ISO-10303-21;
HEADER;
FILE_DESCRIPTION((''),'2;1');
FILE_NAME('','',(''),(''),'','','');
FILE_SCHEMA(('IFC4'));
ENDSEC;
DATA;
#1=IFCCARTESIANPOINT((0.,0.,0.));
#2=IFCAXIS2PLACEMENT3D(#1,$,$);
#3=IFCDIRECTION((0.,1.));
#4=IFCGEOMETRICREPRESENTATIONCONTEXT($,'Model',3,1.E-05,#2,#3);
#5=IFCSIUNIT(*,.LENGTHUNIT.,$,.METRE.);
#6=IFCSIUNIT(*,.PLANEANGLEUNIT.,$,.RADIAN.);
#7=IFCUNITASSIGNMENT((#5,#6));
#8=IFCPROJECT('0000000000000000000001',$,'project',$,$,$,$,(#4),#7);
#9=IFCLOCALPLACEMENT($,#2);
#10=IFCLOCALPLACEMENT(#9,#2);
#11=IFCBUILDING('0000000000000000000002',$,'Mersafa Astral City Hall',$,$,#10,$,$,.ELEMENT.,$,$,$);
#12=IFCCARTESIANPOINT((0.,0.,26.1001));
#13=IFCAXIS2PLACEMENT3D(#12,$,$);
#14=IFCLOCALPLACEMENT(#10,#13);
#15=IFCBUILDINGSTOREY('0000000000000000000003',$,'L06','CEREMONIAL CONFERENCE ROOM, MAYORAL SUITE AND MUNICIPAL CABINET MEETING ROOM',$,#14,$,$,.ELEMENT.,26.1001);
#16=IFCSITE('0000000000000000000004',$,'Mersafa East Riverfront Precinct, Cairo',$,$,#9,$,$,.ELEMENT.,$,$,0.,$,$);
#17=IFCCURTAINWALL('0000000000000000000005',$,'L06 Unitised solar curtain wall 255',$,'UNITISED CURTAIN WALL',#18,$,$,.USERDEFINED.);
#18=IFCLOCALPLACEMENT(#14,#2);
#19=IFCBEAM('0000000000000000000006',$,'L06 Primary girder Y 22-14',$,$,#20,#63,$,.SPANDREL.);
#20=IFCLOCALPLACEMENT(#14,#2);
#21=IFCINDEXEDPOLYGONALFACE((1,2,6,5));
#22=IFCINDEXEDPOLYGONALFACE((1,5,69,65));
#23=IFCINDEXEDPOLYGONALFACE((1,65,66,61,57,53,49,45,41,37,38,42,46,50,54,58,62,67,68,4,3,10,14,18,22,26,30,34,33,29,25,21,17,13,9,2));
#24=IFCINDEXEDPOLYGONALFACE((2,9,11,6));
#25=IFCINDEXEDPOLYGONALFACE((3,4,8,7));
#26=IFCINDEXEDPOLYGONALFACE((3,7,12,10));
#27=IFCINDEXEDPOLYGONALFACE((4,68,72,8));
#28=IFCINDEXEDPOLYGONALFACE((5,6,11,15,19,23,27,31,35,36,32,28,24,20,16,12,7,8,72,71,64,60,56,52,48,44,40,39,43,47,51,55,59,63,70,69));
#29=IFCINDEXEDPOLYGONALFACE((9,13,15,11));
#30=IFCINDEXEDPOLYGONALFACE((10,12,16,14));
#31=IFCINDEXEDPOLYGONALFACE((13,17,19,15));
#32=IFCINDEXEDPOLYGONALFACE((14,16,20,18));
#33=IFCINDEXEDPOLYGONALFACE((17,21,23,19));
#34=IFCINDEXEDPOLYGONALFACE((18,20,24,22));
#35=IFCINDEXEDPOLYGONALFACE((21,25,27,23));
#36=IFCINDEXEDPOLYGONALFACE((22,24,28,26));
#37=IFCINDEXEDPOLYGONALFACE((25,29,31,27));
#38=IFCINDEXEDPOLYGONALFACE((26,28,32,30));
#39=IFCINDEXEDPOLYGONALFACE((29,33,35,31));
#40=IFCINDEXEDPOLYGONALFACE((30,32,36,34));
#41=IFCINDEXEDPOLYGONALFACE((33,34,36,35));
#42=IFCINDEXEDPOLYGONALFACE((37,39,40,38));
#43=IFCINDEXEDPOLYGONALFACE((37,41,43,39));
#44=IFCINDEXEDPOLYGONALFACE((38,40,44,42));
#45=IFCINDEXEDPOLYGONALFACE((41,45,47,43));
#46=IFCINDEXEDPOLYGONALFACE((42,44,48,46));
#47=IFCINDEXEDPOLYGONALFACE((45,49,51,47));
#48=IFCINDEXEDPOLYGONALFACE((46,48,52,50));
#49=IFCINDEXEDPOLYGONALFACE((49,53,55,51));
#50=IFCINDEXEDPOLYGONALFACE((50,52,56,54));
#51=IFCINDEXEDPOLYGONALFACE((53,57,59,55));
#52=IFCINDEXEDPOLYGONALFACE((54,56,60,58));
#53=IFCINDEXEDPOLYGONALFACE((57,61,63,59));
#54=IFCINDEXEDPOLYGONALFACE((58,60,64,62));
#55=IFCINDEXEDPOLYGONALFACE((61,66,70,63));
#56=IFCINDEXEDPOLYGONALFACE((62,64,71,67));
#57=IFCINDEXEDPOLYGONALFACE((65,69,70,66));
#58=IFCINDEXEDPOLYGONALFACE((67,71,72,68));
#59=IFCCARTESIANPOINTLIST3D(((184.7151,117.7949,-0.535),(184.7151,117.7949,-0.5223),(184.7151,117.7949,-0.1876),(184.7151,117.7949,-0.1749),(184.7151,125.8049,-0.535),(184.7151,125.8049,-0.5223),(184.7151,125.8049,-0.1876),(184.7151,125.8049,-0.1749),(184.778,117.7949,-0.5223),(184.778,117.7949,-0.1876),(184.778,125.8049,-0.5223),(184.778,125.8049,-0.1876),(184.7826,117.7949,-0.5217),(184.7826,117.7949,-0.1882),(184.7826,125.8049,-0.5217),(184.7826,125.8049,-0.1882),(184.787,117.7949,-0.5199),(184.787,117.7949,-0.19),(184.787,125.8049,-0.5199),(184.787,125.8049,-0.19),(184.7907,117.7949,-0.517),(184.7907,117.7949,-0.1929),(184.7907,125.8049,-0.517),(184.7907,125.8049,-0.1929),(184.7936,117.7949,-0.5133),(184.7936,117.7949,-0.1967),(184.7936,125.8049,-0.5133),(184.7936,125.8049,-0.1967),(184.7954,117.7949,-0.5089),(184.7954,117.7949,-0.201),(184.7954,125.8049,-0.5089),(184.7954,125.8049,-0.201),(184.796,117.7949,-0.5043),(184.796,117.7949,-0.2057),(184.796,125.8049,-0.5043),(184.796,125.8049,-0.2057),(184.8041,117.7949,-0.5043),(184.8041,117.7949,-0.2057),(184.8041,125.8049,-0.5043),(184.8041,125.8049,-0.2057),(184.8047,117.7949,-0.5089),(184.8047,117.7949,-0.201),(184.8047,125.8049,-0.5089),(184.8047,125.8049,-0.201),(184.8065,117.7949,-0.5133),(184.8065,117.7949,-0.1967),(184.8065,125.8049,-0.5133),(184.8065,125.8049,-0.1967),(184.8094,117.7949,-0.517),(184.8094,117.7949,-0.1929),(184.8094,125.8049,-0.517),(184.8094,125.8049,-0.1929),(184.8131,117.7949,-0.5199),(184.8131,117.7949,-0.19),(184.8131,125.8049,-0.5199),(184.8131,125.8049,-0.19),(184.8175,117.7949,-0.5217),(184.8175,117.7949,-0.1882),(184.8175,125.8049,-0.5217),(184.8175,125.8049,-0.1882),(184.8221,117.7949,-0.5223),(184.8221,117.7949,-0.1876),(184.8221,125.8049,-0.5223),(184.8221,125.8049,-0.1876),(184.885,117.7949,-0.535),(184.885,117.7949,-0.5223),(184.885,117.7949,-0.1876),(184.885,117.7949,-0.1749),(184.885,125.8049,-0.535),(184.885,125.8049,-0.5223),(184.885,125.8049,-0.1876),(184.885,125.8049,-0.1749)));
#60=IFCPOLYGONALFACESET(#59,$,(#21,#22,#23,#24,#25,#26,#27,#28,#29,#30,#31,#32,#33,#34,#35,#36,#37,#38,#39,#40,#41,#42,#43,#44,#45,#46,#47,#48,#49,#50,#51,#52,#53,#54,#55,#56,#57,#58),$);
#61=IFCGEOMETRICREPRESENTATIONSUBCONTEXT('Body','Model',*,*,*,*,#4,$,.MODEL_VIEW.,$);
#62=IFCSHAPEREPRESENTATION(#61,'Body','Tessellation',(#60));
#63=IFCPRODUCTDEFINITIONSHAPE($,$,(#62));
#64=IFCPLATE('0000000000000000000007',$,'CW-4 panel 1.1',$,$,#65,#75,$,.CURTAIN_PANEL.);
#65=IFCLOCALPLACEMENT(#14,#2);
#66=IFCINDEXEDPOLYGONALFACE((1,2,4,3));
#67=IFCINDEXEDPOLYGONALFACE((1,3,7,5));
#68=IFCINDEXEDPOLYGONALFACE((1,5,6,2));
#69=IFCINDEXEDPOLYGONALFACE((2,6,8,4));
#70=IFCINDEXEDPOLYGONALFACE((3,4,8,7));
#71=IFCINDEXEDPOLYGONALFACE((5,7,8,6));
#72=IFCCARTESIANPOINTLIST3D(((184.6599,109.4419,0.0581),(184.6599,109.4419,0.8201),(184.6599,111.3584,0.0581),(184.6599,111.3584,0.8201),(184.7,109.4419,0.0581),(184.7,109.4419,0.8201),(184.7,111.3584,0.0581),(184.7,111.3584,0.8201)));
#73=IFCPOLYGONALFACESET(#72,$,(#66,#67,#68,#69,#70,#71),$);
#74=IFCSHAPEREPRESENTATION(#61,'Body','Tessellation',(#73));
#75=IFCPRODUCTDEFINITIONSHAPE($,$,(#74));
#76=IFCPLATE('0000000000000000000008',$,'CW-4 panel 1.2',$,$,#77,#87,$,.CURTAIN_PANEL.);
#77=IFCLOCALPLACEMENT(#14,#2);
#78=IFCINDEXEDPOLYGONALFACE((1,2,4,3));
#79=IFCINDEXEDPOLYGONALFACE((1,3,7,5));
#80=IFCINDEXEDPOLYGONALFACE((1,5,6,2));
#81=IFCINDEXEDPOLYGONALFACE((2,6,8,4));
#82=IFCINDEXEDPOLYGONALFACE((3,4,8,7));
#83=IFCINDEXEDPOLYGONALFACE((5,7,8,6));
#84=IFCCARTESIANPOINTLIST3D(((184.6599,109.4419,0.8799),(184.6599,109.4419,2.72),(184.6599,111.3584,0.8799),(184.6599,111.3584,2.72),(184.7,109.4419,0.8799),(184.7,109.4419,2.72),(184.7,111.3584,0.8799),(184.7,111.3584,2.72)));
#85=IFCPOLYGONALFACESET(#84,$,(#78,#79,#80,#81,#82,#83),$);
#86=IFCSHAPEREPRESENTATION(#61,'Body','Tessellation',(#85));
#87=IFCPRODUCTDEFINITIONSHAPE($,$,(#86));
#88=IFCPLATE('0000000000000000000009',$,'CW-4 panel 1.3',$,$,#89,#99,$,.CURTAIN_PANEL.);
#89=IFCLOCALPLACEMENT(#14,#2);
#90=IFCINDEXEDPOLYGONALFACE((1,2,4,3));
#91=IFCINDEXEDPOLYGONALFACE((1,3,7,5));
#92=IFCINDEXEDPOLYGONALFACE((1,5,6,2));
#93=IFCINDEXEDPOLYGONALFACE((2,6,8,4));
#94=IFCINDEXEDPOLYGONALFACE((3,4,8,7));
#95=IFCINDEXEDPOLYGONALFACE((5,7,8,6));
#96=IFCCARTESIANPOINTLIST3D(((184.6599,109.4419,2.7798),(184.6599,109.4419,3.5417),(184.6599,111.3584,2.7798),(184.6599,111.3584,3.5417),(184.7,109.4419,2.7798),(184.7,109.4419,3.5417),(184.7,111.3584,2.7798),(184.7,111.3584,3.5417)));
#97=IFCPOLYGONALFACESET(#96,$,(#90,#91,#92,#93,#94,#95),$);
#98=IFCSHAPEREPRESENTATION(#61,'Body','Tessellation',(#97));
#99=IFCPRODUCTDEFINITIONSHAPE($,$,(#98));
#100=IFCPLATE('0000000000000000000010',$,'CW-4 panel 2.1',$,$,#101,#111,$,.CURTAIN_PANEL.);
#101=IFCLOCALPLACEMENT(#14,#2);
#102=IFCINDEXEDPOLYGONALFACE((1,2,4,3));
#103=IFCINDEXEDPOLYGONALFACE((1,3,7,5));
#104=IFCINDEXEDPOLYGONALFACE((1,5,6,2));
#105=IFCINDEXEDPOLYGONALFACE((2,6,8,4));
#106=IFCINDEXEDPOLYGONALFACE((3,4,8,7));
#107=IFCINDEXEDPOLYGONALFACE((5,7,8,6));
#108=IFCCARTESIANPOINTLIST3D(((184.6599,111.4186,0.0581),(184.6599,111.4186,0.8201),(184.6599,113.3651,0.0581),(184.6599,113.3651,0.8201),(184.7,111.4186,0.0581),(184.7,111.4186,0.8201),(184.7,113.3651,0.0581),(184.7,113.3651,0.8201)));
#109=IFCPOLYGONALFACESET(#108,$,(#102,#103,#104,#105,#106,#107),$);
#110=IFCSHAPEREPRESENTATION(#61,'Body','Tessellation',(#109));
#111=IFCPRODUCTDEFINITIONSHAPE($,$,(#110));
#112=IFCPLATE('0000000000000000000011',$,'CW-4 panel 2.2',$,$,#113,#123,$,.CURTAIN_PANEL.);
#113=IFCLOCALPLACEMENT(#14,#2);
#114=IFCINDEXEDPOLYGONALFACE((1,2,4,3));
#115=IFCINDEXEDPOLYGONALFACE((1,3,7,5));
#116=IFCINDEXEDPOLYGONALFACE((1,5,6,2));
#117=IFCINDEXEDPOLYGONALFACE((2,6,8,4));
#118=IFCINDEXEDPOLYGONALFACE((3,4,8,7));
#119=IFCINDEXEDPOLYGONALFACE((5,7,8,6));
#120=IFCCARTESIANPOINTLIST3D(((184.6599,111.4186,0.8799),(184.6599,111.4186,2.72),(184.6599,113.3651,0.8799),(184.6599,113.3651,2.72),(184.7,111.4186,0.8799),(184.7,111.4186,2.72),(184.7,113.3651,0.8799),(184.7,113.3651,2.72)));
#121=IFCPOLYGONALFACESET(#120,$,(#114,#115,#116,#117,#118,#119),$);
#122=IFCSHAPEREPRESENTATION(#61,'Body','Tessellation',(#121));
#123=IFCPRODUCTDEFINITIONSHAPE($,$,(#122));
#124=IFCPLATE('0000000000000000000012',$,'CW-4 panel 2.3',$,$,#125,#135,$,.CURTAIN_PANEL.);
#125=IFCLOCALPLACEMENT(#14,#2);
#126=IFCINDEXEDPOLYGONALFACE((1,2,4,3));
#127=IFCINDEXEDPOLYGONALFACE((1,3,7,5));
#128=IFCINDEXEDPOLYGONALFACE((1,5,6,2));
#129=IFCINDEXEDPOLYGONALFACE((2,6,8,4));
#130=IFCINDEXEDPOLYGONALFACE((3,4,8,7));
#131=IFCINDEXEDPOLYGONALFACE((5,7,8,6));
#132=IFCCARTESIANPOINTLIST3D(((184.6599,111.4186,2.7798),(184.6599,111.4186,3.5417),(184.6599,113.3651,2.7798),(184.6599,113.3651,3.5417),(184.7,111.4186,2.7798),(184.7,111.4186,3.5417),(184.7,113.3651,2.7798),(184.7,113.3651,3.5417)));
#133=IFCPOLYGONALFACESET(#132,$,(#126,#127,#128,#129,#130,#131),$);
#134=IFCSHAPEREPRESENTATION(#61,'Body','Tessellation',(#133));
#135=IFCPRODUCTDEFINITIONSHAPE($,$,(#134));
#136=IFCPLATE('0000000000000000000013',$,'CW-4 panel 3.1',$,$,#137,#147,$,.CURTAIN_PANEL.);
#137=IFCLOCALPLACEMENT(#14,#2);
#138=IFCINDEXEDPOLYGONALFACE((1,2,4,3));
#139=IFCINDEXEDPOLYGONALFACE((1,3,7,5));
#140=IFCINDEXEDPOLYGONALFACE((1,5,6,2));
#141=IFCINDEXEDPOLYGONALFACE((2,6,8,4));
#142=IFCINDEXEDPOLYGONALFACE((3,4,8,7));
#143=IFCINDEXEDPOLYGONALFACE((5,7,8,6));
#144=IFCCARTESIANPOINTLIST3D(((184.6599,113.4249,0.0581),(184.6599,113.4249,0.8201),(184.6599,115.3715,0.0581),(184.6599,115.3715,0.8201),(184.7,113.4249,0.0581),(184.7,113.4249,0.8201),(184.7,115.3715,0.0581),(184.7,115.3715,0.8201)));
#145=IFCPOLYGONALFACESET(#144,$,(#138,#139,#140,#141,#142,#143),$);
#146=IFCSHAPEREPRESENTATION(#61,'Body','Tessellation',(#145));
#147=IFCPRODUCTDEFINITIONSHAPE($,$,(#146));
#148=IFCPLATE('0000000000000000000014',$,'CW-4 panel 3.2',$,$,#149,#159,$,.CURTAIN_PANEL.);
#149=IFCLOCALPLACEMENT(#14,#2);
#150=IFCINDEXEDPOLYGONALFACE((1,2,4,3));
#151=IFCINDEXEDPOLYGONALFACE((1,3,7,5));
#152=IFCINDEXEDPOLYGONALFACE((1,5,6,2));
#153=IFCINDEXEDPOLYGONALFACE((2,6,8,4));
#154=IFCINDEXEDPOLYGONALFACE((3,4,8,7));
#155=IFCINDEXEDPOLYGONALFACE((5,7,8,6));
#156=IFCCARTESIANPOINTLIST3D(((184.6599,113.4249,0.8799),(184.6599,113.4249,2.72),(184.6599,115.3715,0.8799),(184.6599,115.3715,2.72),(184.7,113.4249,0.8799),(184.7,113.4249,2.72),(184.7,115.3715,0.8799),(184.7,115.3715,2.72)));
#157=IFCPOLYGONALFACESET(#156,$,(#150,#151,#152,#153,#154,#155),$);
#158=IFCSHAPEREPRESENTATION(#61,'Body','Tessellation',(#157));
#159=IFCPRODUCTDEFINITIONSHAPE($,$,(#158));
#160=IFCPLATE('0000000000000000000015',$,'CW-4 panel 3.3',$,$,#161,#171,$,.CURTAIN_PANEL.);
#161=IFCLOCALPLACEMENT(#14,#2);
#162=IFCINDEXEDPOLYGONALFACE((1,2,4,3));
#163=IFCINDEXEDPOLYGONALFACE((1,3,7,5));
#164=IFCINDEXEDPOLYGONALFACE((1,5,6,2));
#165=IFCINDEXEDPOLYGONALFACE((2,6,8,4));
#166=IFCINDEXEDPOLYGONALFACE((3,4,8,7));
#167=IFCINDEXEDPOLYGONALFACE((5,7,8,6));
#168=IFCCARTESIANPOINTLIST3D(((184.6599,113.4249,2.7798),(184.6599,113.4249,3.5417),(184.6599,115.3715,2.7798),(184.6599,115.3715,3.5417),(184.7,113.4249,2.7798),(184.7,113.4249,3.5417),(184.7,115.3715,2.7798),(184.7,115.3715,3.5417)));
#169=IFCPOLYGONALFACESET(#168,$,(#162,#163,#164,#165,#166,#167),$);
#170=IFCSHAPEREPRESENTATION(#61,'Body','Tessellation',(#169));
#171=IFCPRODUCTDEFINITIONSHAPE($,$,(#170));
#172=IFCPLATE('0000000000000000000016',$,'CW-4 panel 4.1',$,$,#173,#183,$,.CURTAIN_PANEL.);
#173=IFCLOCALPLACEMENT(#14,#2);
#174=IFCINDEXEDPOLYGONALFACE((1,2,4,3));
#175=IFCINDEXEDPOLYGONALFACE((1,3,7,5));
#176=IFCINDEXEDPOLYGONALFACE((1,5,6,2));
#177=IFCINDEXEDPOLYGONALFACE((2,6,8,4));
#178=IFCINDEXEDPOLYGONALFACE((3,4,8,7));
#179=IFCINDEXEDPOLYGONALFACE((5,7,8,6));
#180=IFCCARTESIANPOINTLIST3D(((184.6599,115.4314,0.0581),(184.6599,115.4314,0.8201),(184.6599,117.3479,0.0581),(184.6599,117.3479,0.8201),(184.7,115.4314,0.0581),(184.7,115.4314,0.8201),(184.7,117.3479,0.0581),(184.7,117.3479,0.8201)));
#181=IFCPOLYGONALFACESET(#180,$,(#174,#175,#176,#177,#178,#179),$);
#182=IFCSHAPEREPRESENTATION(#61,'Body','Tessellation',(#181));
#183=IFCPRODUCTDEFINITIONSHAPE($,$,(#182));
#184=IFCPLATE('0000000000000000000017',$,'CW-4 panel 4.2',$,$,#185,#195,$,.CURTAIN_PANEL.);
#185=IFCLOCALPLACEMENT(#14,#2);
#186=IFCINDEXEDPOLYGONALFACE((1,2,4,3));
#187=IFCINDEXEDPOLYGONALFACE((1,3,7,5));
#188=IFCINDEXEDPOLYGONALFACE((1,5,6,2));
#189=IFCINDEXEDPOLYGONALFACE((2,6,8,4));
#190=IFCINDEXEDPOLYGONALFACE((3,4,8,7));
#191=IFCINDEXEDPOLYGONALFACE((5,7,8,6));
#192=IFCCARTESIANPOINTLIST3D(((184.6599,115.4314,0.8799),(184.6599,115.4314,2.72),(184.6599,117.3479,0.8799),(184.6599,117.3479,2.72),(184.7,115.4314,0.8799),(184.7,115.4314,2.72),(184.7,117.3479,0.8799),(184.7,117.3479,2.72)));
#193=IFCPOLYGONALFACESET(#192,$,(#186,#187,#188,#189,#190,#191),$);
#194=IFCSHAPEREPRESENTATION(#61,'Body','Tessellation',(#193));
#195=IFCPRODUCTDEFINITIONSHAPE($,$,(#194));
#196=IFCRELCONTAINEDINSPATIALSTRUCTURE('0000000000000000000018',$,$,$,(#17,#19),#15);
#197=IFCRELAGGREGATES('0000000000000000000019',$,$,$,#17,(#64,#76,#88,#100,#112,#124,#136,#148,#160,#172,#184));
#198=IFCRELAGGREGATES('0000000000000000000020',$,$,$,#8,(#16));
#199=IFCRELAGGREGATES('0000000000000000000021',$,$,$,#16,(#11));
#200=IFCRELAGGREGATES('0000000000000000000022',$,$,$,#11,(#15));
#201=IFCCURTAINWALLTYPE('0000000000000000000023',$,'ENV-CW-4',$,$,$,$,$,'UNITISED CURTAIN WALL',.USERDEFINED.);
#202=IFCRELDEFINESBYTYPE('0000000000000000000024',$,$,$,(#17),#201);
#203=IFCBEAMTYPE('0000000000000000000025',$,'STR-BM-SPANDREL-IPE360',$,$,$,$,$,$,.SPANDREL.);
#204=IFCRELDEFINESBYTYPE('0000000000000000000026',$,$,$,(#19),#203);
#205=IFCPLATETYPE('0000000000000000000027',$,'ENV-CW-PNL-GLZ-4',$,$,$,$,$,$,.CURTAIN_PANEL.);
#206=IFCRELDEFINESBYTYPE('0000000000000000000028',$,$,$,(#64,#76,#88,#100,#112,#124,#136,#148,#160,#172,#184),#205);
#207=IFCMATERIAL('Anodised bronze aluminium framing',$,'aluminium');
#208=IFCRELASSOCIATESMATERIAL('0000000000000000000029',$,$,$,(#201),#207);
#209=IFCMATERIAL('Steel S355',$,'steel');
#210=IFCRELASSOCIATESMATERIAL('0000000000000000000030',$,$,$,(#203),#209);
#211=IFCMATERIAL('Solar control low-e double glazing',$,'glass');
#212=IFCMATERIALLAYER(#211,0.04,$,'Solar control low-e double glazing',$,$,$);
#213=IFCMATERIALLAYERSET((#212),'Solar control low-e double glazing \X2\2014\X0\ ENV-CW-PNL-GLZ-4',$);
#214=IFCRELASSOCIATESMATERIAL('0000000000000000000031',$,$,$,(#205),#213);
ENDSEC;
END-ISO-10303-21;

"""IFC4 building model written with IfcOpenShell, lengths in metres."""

from ifc_helpers import new_model, si_unit, direction, frame, origin, origin_2d, place, context, subcontext, project, spatial, rectangle, i_section, extrude, material, layer, layer_set, material_profile, profile_set, type_object, element, aggregate, save


model = new_model("IFC4")

# Units and contexts
model_context = context("Model", 3, precision=1e-05, world=origin(), true_north=direction((0.0, 1.0)))
body_context = subcontext(model_context, "Body", "Model", "MODEL_VIEW")
ifc_project = project(units=[si_unit("LENGTHUNIT", "METRE"), si_unit("PLANEANGLEUNIT", "RADIAN")], contexts=[model_context])

# Site, building, storey
site_placement = place(None, origin())
site = spatial("IfcSite", under=ifc_project, at=site_placement, Name="Mersafa East Riverfront Precinct, Cairo", CompositionType="ELEMENT", RefElevation=0.0)
building_placement = place(site_placement, origin())
building = spatial("IfcBuilding", under=site, at=building_placement, Name="Mersafa Astral City Hall", CompositionType="ELEMENT")
storey_placement = place(building_placement, frame((0.0, 0.0, 26.1001)))
storey = spatial("IfcBuildingStorey", under=building, at=storey_placement, Name="L06", Description="CEREMONIAL CONFERENCE ROOM, MAYORAL SUITE AND MUNICIPAL CABINET MEETING ROOM", CompositionType="ELEMENT", Elevation=26.1001)

# Shared definitions
ifc_material_1 = material(Name="Steel S355", Category="steel")

# Curtain wall
ifc_material_2 = material(Name="Anodised bronze aluminium framing", Category="aluminium")
curtain_wall_type_1 = type_object("IfcCurtainWallType", Name="ENV-CW-4", ElementType="UNITISED CURTAIN WALL", PredefinedType="USERDEFINED", material=ifc_material_2)
curtain_wall_1_placement = place(storey_placement, origin())
curtain_wall_1 = element("IfcCurtainWall", 1, at=curtain_wall_1_placement, inside=storey, type_object=curtain_wall_type_1, Name="L06 Unitised solar curtain wall 255", ObjectType="UNITISED CURTAIN WALL", PredefinedType="USERDEFINED")

# Beam
ifc_material_profile_1 = material_profile(ifc_material_1, i_section(OverallWidth=0.1699, OverallDepth=0.3601, WebThickness=0.0081, FlangeThickness=0.0127, FilletRadius=0.0181, at=origin_2d()), Name="IPE 360")
ifc_profile_set_1 = profile_set([ifc_material_profile_1], Name="Steel S355")
beam_type = type_object("IfcBeamType", Name="STR-BM-SPANDREL-IPE360", PredefinedType="SPANDREL", material=ifc_profile_set_1)
beam_placement = place(storey_placement, frame((184.8, 117.7949, -0.355), z_axis=(0.0, 1.0, 0.0), x_axis=(-1.0, 0.0, 0.0)))
element("IfcBeam", 2, at=beam_placement, inside=storey, type_object=beam_type, Name="L06 Primary girder Y 22-14", PredefinedType="SPANDREL", context=body_context, shape_type="SweptSolid", body=[
    extrude(i_section(OverallWidth=0.1699, OverallDepth=0.3601, WebThickness=0.0081, FlangeThickness=0.0127, FilletRadius=0.0181, at=origin_2d()), origin(), (0.0, 0.0, 1.0), 8.01),
])

# Plates
ifc_material_3 = material(Name="Solar control low-e double glazing", Category="glass")
ifc_layer = layer(ifc_material_3, 0.04, Name="Solar control low-e double glazing")
ifc_layer_set = layer_set([ifc_layer], Name="Solar control low-e double glazing — ENV-CW-PNL-GLZ-4")
plate_type = type_object("IfcPlateType", Name="ENV-CW-PNL-GLZ-4", PredefinedType="CURTAIN_PANEL", material=ifc_layer_set)
plate_1_placement = place(storey_placement, frame((184.6799, 110.4001, 0.0581), z_axis=(0.0, 0.0, 1.0), x_axis=(0.0, 1.0, 0.0)))
plate_1 = element("IfcPlate", 3, at=plate_1_placement, type_object=plate_type, Name="CW-4 panel 1.1", PredefinedType="CURTAIN_PANEL", context=body_context, shape_type="SweptSolid", body=[
    extrude(rectangle(XDim=1.9165, YDim=0.04, at=origin_2d()), origin(), (0.0, 0.0, 1.0), 0.762),
])
plate_2_placement = place(storey_placement, frame((184.6799, 110.4001, 0.8799), z_axis=(0.0, 0.0, 1.0), x_axis=(0.0, 1.0, 0.0)))
plate_2 = element("IfcPlate", 4, at=plate_2_placement, type_object=plate_type, Name="CW-4 panel 1.2", PredefinedType="CURTAIN_PANEL", context=body_context, shape_type="SweptSolid", body=[
    extrude(rectangle(XDim=1.9165, YDim=0.04, at=origin_2d()), origin(), (0.0, 0.0, 1.0), 1.8401),
])
plate_3_placement = place(storey_placement, frame((184.6799, 110.4001, 2.7798), z_axis=(0.0, 0.0, 1.0), x_axis=(0.0, 1.0, 0.0)))
plate_3 = element("IfcPlate", 5, at=plate_3_placement, type_object=plate_type, Name="CW-4 panel 1.3", PredefinedType="CURTAIN_PANEL", context=body_context, shape_type="SweptSolid", body=[
    extrude(rectangle(XDim=1.9165, YDim=0.04, at=origin_2d()), origin(), (0.0, 0.0, 1.0), 0.762),
])
plate_4_placement = place(storey_placement, frame((184.6799, 112.3918, 0.0581), z_axis=(0.0, 0.0, 1.0), x_axis=(0.0, 1.0, 0.0)))
plate_4 = element("IfcPlate", 6, at=plate_4_placement, type_object=plate_type, Name="CW-4 panel 2.1", PredefinedType="CURTAIN_PANEL", context=body_context, shape_type="SweptSolid", body=[
    extrude(rectangle(XDim=1.9465, YDim=0.04, at=origin_2d()), origin(), (0.0, 0.0, 1.0), 0.762),
])
plate_5_placement = place(storey_placement, frame((184.6799, 112.3918, 0.8799), z_axis=(0.0, 0.0, 1.0), x_axis=(0.0, 1.0, 0.0)))
plate_5 = element("IfcPlate", 7, at=plate_5_placement, type_object=plate_type, Name="CW-4 panel 2.2", PredefinedType="CURTAIN_PANEL", context=body_context, shape_type="SweptSolid", body=[
    extrude(rectangle(XDim=1.9465, YDim=0.04, at=origin_2d()), origin(), (0.0, 0.0, 1.0), 1.8401),
])
plate_6_placement = place(storey_placement, frame((184.6799, 112.3918, 2.7798), z_axis=(0.0, 0.0, 1.0), x_axis=(0.0, 1.0, 0.0)))
plate_6 = element("IfcPlate", 8, at=plate_6_placement, type_object=plate_type, Name="CW-4 panel 2.3", PredefinedType="CURTAIN_PANEL", context=body_context, shape_type="SweptSolid", body=[
    extrude(rectangle(XDim=1.9465, YDim=0.04, at=origin_2d()), origin(), (0.0, 0.0, 1.0), 0.762),
])
plate_7_placement = place(storey_placement, frame((184.6799, 114.3982, 0.0581), z_axis=(0.0, 0.0, 1.0), x_axis=(0.0, 1.0, 0.0)))
plate_7 = element("IfcPlate", 9, at=plate_7_placement, type_object=plate_type, Name="CW-4 panel 3.1", PredefinedType="CURTAIN_PANEL", context=body_context, shape_type="SweptSolid", body=[
    extrude(rectangle(XDim=1.9465, YDim=0.04, at=origin_2d()), origin(), (0.0, 0.0, 1.0), 0.762),
])
plate_8_placement = place(storey_placement, frame((184.6799, 114.3982, 0.8799), z_axis=(0.0, 0.0, 1.0), x_axis=(0.0, 1.0, 0.0)))
plate_8 = element("IfcPlate", 10, at=plate_8_placement, type_object=plate_type, Name="CW-4 panel 3.2", PredefinedType="CURTAIN_PANEL", context=body_context, shape_type="SweptSolid", body=[
    extrude(rectangle(XDim=1.9465, YDim=0.04, at=origin_2d()), origin(), (0.0, 0.0, 1.0), 1.8401),
])
plate_9_placement = place(storey_placement, frame((184.6799, 114.3982, 2.7798), z_axis=(0.0, 0.0, 1.0), x_axis=(0.0, 1.0, 0.0)))
plate_9 = element("IfcPlate", 11, at=plate_9_placement, type_object=plate_type, Name="CW-4 panel 3.3", PredefinedType="CURTAIN_PANEL", context=body_context, shape_type="SweptSolid", body=[
    extrude(rectangle(XDim=1.9465, YDim=0.04, at=origin_2d()), origin(), (0.0, 0.0, 1.0), 0.762),
])
plate_10_placement = place(storey_placement, frame((184.6799, 116.3896, 0.0581), z_axis=(0.0, 0.0, 1.0), x_axis=(0.0, 1.0, 0.0)))
plate_10 = element("IfcPlate", 12, at=plate_10_placement, type_object=plate_type, Name="CW-4 panel 4.1", PredefinedType="CURTAIN_PANEL", context=body_context, shape_type="SweptSolid", body=[
    extrude(rectangle(XDim=1.9165, YDim=0.04, at=origin_2d()), origin(), (0.0, 0.0, 1.0), 0.762),
])
plate_11_placement = place(storey_placement, frame((184.6799, 116.3896, 0.8799), z_axis=(0.0, 0.0, 1.0), x_axis=(0.0, 1.0, 0.0)))
plate_11 = element("IfcPlate", 13, at=plate_11_placement, type_object=plate_type, Name="CW-4 panel 4.2", PredefinedType="CURTAIN_PANEL", context=body_context, shape_type="SweptSolid", body=[
    extrude(rectangle(XDim=1.9165, YDim=0.04, at=origin_2d()), origin(), (0.0, 0.0, 1.0), 1.8401),
])
aggregate(curtain_wall_1, [plate_1, plate_2, plate_3, plate_4, plate_5, plate_6, plate_7, plate_8, plate_9, plate_10, plate_11])

save(model, "model.ifc")
